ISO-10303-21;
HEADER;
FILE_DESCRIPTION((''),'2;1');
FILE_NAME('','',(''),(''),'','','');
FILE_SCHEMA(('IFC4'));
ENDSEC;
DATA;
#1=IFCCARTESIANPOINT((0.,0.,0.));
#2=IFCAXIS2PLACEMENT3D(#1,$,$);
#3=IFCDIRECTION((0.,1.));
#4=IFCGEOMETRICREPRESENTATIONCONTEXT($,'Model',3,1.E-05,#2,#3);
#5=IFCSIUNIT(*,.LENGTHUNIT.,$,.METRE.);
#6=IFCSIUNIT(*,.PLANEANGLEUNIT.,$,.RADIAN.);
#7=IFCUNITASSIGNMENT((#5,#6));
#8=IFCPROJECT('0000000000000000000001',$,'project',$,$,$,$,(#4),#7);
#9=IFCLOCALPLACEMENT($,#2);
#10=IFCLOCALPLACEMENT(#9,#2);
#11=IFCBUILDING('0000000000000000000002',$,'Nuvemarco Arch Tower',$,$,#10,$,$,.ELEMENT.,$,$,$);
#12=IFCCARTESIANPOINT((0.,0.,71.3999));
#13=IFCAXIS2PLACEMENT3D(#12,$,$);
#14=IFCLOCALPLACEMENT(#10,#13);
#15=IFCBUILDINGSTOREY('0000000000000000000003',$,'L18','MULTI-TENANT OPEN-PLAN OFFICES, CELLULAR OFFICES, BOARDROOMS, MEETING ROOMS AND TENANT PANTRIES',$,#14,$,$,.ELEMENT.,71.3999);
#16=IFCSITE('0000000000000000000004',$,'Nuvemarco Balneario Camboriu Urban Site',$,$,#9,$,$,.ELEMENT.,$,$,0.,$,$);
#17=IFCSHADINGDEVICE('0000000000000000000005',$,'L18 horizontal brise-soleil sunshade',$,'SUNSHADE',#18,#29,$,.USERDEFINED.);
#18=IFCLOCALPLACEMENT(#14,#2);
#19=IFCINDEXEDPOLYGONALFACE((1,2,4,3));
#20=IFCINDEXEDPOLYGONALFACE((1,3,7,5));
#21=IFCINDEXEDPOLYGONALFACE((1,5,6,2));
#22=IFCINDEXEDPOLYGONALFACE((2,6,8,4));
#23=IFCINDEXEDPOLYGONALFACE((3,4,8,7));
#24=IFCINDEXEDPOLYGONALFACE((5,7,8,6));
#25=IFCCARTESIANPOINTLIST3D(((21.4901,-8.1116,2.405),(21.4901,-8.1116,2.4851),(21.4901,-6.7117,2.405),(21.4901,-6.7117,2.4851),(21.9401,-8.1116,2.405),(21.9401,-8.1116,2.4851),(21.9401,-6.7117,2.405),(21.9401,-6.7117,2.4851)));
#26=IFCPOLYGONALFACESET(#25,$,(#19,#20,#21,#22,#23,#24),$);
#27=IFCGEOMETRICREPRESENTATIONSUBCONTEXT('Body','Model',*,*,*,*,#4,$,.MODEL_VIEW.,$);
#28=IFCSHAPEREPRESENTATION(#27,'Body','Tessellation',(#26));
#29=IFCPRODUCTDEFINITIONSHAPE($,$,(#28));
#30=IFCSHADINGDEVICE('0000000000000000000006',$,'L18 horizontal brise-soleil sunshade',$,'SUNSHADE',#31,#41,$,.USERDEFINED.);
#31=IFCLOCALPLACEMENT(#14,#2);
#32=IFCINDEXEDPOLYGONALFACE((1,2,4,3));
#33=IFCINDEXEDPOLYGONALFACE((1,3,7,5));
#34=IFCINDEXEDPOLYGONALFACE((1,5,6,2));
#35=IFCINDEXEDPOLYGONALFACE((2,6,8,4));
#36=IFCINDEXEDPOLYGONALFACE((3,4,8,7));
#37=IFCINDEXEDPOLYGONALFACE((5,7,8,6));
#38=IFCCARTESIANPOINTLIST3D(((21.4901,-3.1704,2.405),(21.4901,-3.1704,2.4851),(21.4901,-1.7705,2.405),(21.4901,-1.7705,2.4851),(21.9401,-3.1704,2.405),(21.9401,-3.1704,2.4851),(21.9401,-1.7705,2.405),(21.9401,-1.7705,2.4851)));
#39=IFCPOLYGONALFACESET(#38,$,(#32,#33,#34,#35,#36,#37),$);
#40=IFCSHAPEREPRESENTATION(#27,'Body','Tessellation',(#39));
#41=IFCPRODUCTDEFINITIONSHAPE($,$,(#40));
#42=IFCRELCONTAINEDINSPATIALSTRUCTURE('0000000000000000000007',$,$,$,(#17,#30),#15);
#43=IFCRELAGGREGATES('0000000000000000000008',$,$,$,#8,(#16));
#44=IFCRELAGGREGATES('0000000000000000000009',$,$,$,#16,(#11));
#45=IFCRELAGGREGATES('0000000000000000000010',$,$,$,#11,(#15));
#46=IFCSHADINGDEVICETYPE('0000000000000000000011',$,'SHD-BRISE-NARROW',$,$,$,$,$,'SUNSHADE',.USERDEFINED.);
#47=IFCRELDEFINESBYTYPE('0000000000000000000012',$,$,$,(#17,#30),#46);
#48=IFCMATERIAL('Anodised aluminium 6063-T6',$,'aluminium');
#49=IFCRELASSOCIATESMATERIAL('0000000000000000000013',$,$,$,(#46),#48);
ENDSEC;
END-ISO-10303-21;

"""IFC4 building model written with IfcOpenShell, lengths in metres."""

from ifc_helpers import new_model, si_unit, direction, frame, origin, origin_2d, place, context, subcontext, project, spatial, rectangle, extrude, source, transform, mapped, material, type_object, type_shapes, element, save


model = new_model("IFC4")

# Units and contexts
model_context = context("Model", 3, precision=1e-05, world=origin(), true_north=direction((0.0, 1.0)))
body_context = subcontext(model_context, "Body", "Model", "MODEL_VIEW")
ifc_project = project(units=[si_unit("LENGTHUNIT", "METRE"), si_unit("PLANEANGLEUNIT", "RADIAN")], contexts=[model_context])

# Site, building, storey
site_placement = place(None, origin())
site = spatial("IfcSite", under=ifc_project, at=site_placement, Name="Nuvemarco Balneario Camboriu Urban Site", CompositionType="ELEMENT", RefElevation=0.0)
building_placement = place(site_placement, origin())
building = spatial("IfcBuilding", under=site, at=building_placement, Name="Nuvemarco Arch Tower", CompositionType="ELEMENT")
storey_placement = place(building_placement, frame((0.0, 0.0, 71.3999)))
storey = spatial("IfcBuildingStorey", under=building, at=storey_placement, Name="L18", Description="MULTI-TENANT OPEN-PLAN OFFICES, CELLULAR OFFICES, BOARDROOMS, MEETING ROOMS AND TENANT PANTRIES", CompositionType="ELEMENT", Elevation=71.3999)

# Shading devices
ifc_material_1 = material(Name="Anodised aluminium 6063-T6", Category="aluminium")
shading_device_type = type_object("IfcShadingDeviceType", Name="SHD-BRISE-NARROW", ElementType="SUNSHADE", PredefinedType="USERDEFINED", material=ifc_material_1)
shared_shape_1 = source(origin(), body_context, "Body", "SweptSolid", [
    extrude(rectangle(XDim=1.3999, YDim=0.45, at=origin_2d()), origin(), (0.0, 0.0, 1.0), 0.0801),
])
type_shapes(shading_device_type, [shared_shape_1])
for number, where, z_axis, x_axis, name in (
    (1, (21.7151, -7.4116, 2.405), (0.0, 0.0, 1.0), (0.0, 1.0, 0.0), "L18 horizontal brise-soleil sunshade"),
    (2, (21.7151, -2.4705, 2.405), (0.0, 0.0, 1.0), (0.0, 1.0, 0.0), "L18 horizontal brise-soleil sunshade"),
):
    element("IfcShadingDevice", number, at=place(storey_placement, frame(where, z_axis=z_axis, x_axis=x_axis)), inside=storey, type_object=shading_device_type, Name=name, ObjectType="SUNSHADE", PredefinedType="USERDEFINED", context=body_context, shape_type="MappedRepresentation", body=[
        mapped(shared_shape_1, transform((0.0, 0.0, 0.0), scale=1.0)),
    ])

save(model, "model.ifc")
